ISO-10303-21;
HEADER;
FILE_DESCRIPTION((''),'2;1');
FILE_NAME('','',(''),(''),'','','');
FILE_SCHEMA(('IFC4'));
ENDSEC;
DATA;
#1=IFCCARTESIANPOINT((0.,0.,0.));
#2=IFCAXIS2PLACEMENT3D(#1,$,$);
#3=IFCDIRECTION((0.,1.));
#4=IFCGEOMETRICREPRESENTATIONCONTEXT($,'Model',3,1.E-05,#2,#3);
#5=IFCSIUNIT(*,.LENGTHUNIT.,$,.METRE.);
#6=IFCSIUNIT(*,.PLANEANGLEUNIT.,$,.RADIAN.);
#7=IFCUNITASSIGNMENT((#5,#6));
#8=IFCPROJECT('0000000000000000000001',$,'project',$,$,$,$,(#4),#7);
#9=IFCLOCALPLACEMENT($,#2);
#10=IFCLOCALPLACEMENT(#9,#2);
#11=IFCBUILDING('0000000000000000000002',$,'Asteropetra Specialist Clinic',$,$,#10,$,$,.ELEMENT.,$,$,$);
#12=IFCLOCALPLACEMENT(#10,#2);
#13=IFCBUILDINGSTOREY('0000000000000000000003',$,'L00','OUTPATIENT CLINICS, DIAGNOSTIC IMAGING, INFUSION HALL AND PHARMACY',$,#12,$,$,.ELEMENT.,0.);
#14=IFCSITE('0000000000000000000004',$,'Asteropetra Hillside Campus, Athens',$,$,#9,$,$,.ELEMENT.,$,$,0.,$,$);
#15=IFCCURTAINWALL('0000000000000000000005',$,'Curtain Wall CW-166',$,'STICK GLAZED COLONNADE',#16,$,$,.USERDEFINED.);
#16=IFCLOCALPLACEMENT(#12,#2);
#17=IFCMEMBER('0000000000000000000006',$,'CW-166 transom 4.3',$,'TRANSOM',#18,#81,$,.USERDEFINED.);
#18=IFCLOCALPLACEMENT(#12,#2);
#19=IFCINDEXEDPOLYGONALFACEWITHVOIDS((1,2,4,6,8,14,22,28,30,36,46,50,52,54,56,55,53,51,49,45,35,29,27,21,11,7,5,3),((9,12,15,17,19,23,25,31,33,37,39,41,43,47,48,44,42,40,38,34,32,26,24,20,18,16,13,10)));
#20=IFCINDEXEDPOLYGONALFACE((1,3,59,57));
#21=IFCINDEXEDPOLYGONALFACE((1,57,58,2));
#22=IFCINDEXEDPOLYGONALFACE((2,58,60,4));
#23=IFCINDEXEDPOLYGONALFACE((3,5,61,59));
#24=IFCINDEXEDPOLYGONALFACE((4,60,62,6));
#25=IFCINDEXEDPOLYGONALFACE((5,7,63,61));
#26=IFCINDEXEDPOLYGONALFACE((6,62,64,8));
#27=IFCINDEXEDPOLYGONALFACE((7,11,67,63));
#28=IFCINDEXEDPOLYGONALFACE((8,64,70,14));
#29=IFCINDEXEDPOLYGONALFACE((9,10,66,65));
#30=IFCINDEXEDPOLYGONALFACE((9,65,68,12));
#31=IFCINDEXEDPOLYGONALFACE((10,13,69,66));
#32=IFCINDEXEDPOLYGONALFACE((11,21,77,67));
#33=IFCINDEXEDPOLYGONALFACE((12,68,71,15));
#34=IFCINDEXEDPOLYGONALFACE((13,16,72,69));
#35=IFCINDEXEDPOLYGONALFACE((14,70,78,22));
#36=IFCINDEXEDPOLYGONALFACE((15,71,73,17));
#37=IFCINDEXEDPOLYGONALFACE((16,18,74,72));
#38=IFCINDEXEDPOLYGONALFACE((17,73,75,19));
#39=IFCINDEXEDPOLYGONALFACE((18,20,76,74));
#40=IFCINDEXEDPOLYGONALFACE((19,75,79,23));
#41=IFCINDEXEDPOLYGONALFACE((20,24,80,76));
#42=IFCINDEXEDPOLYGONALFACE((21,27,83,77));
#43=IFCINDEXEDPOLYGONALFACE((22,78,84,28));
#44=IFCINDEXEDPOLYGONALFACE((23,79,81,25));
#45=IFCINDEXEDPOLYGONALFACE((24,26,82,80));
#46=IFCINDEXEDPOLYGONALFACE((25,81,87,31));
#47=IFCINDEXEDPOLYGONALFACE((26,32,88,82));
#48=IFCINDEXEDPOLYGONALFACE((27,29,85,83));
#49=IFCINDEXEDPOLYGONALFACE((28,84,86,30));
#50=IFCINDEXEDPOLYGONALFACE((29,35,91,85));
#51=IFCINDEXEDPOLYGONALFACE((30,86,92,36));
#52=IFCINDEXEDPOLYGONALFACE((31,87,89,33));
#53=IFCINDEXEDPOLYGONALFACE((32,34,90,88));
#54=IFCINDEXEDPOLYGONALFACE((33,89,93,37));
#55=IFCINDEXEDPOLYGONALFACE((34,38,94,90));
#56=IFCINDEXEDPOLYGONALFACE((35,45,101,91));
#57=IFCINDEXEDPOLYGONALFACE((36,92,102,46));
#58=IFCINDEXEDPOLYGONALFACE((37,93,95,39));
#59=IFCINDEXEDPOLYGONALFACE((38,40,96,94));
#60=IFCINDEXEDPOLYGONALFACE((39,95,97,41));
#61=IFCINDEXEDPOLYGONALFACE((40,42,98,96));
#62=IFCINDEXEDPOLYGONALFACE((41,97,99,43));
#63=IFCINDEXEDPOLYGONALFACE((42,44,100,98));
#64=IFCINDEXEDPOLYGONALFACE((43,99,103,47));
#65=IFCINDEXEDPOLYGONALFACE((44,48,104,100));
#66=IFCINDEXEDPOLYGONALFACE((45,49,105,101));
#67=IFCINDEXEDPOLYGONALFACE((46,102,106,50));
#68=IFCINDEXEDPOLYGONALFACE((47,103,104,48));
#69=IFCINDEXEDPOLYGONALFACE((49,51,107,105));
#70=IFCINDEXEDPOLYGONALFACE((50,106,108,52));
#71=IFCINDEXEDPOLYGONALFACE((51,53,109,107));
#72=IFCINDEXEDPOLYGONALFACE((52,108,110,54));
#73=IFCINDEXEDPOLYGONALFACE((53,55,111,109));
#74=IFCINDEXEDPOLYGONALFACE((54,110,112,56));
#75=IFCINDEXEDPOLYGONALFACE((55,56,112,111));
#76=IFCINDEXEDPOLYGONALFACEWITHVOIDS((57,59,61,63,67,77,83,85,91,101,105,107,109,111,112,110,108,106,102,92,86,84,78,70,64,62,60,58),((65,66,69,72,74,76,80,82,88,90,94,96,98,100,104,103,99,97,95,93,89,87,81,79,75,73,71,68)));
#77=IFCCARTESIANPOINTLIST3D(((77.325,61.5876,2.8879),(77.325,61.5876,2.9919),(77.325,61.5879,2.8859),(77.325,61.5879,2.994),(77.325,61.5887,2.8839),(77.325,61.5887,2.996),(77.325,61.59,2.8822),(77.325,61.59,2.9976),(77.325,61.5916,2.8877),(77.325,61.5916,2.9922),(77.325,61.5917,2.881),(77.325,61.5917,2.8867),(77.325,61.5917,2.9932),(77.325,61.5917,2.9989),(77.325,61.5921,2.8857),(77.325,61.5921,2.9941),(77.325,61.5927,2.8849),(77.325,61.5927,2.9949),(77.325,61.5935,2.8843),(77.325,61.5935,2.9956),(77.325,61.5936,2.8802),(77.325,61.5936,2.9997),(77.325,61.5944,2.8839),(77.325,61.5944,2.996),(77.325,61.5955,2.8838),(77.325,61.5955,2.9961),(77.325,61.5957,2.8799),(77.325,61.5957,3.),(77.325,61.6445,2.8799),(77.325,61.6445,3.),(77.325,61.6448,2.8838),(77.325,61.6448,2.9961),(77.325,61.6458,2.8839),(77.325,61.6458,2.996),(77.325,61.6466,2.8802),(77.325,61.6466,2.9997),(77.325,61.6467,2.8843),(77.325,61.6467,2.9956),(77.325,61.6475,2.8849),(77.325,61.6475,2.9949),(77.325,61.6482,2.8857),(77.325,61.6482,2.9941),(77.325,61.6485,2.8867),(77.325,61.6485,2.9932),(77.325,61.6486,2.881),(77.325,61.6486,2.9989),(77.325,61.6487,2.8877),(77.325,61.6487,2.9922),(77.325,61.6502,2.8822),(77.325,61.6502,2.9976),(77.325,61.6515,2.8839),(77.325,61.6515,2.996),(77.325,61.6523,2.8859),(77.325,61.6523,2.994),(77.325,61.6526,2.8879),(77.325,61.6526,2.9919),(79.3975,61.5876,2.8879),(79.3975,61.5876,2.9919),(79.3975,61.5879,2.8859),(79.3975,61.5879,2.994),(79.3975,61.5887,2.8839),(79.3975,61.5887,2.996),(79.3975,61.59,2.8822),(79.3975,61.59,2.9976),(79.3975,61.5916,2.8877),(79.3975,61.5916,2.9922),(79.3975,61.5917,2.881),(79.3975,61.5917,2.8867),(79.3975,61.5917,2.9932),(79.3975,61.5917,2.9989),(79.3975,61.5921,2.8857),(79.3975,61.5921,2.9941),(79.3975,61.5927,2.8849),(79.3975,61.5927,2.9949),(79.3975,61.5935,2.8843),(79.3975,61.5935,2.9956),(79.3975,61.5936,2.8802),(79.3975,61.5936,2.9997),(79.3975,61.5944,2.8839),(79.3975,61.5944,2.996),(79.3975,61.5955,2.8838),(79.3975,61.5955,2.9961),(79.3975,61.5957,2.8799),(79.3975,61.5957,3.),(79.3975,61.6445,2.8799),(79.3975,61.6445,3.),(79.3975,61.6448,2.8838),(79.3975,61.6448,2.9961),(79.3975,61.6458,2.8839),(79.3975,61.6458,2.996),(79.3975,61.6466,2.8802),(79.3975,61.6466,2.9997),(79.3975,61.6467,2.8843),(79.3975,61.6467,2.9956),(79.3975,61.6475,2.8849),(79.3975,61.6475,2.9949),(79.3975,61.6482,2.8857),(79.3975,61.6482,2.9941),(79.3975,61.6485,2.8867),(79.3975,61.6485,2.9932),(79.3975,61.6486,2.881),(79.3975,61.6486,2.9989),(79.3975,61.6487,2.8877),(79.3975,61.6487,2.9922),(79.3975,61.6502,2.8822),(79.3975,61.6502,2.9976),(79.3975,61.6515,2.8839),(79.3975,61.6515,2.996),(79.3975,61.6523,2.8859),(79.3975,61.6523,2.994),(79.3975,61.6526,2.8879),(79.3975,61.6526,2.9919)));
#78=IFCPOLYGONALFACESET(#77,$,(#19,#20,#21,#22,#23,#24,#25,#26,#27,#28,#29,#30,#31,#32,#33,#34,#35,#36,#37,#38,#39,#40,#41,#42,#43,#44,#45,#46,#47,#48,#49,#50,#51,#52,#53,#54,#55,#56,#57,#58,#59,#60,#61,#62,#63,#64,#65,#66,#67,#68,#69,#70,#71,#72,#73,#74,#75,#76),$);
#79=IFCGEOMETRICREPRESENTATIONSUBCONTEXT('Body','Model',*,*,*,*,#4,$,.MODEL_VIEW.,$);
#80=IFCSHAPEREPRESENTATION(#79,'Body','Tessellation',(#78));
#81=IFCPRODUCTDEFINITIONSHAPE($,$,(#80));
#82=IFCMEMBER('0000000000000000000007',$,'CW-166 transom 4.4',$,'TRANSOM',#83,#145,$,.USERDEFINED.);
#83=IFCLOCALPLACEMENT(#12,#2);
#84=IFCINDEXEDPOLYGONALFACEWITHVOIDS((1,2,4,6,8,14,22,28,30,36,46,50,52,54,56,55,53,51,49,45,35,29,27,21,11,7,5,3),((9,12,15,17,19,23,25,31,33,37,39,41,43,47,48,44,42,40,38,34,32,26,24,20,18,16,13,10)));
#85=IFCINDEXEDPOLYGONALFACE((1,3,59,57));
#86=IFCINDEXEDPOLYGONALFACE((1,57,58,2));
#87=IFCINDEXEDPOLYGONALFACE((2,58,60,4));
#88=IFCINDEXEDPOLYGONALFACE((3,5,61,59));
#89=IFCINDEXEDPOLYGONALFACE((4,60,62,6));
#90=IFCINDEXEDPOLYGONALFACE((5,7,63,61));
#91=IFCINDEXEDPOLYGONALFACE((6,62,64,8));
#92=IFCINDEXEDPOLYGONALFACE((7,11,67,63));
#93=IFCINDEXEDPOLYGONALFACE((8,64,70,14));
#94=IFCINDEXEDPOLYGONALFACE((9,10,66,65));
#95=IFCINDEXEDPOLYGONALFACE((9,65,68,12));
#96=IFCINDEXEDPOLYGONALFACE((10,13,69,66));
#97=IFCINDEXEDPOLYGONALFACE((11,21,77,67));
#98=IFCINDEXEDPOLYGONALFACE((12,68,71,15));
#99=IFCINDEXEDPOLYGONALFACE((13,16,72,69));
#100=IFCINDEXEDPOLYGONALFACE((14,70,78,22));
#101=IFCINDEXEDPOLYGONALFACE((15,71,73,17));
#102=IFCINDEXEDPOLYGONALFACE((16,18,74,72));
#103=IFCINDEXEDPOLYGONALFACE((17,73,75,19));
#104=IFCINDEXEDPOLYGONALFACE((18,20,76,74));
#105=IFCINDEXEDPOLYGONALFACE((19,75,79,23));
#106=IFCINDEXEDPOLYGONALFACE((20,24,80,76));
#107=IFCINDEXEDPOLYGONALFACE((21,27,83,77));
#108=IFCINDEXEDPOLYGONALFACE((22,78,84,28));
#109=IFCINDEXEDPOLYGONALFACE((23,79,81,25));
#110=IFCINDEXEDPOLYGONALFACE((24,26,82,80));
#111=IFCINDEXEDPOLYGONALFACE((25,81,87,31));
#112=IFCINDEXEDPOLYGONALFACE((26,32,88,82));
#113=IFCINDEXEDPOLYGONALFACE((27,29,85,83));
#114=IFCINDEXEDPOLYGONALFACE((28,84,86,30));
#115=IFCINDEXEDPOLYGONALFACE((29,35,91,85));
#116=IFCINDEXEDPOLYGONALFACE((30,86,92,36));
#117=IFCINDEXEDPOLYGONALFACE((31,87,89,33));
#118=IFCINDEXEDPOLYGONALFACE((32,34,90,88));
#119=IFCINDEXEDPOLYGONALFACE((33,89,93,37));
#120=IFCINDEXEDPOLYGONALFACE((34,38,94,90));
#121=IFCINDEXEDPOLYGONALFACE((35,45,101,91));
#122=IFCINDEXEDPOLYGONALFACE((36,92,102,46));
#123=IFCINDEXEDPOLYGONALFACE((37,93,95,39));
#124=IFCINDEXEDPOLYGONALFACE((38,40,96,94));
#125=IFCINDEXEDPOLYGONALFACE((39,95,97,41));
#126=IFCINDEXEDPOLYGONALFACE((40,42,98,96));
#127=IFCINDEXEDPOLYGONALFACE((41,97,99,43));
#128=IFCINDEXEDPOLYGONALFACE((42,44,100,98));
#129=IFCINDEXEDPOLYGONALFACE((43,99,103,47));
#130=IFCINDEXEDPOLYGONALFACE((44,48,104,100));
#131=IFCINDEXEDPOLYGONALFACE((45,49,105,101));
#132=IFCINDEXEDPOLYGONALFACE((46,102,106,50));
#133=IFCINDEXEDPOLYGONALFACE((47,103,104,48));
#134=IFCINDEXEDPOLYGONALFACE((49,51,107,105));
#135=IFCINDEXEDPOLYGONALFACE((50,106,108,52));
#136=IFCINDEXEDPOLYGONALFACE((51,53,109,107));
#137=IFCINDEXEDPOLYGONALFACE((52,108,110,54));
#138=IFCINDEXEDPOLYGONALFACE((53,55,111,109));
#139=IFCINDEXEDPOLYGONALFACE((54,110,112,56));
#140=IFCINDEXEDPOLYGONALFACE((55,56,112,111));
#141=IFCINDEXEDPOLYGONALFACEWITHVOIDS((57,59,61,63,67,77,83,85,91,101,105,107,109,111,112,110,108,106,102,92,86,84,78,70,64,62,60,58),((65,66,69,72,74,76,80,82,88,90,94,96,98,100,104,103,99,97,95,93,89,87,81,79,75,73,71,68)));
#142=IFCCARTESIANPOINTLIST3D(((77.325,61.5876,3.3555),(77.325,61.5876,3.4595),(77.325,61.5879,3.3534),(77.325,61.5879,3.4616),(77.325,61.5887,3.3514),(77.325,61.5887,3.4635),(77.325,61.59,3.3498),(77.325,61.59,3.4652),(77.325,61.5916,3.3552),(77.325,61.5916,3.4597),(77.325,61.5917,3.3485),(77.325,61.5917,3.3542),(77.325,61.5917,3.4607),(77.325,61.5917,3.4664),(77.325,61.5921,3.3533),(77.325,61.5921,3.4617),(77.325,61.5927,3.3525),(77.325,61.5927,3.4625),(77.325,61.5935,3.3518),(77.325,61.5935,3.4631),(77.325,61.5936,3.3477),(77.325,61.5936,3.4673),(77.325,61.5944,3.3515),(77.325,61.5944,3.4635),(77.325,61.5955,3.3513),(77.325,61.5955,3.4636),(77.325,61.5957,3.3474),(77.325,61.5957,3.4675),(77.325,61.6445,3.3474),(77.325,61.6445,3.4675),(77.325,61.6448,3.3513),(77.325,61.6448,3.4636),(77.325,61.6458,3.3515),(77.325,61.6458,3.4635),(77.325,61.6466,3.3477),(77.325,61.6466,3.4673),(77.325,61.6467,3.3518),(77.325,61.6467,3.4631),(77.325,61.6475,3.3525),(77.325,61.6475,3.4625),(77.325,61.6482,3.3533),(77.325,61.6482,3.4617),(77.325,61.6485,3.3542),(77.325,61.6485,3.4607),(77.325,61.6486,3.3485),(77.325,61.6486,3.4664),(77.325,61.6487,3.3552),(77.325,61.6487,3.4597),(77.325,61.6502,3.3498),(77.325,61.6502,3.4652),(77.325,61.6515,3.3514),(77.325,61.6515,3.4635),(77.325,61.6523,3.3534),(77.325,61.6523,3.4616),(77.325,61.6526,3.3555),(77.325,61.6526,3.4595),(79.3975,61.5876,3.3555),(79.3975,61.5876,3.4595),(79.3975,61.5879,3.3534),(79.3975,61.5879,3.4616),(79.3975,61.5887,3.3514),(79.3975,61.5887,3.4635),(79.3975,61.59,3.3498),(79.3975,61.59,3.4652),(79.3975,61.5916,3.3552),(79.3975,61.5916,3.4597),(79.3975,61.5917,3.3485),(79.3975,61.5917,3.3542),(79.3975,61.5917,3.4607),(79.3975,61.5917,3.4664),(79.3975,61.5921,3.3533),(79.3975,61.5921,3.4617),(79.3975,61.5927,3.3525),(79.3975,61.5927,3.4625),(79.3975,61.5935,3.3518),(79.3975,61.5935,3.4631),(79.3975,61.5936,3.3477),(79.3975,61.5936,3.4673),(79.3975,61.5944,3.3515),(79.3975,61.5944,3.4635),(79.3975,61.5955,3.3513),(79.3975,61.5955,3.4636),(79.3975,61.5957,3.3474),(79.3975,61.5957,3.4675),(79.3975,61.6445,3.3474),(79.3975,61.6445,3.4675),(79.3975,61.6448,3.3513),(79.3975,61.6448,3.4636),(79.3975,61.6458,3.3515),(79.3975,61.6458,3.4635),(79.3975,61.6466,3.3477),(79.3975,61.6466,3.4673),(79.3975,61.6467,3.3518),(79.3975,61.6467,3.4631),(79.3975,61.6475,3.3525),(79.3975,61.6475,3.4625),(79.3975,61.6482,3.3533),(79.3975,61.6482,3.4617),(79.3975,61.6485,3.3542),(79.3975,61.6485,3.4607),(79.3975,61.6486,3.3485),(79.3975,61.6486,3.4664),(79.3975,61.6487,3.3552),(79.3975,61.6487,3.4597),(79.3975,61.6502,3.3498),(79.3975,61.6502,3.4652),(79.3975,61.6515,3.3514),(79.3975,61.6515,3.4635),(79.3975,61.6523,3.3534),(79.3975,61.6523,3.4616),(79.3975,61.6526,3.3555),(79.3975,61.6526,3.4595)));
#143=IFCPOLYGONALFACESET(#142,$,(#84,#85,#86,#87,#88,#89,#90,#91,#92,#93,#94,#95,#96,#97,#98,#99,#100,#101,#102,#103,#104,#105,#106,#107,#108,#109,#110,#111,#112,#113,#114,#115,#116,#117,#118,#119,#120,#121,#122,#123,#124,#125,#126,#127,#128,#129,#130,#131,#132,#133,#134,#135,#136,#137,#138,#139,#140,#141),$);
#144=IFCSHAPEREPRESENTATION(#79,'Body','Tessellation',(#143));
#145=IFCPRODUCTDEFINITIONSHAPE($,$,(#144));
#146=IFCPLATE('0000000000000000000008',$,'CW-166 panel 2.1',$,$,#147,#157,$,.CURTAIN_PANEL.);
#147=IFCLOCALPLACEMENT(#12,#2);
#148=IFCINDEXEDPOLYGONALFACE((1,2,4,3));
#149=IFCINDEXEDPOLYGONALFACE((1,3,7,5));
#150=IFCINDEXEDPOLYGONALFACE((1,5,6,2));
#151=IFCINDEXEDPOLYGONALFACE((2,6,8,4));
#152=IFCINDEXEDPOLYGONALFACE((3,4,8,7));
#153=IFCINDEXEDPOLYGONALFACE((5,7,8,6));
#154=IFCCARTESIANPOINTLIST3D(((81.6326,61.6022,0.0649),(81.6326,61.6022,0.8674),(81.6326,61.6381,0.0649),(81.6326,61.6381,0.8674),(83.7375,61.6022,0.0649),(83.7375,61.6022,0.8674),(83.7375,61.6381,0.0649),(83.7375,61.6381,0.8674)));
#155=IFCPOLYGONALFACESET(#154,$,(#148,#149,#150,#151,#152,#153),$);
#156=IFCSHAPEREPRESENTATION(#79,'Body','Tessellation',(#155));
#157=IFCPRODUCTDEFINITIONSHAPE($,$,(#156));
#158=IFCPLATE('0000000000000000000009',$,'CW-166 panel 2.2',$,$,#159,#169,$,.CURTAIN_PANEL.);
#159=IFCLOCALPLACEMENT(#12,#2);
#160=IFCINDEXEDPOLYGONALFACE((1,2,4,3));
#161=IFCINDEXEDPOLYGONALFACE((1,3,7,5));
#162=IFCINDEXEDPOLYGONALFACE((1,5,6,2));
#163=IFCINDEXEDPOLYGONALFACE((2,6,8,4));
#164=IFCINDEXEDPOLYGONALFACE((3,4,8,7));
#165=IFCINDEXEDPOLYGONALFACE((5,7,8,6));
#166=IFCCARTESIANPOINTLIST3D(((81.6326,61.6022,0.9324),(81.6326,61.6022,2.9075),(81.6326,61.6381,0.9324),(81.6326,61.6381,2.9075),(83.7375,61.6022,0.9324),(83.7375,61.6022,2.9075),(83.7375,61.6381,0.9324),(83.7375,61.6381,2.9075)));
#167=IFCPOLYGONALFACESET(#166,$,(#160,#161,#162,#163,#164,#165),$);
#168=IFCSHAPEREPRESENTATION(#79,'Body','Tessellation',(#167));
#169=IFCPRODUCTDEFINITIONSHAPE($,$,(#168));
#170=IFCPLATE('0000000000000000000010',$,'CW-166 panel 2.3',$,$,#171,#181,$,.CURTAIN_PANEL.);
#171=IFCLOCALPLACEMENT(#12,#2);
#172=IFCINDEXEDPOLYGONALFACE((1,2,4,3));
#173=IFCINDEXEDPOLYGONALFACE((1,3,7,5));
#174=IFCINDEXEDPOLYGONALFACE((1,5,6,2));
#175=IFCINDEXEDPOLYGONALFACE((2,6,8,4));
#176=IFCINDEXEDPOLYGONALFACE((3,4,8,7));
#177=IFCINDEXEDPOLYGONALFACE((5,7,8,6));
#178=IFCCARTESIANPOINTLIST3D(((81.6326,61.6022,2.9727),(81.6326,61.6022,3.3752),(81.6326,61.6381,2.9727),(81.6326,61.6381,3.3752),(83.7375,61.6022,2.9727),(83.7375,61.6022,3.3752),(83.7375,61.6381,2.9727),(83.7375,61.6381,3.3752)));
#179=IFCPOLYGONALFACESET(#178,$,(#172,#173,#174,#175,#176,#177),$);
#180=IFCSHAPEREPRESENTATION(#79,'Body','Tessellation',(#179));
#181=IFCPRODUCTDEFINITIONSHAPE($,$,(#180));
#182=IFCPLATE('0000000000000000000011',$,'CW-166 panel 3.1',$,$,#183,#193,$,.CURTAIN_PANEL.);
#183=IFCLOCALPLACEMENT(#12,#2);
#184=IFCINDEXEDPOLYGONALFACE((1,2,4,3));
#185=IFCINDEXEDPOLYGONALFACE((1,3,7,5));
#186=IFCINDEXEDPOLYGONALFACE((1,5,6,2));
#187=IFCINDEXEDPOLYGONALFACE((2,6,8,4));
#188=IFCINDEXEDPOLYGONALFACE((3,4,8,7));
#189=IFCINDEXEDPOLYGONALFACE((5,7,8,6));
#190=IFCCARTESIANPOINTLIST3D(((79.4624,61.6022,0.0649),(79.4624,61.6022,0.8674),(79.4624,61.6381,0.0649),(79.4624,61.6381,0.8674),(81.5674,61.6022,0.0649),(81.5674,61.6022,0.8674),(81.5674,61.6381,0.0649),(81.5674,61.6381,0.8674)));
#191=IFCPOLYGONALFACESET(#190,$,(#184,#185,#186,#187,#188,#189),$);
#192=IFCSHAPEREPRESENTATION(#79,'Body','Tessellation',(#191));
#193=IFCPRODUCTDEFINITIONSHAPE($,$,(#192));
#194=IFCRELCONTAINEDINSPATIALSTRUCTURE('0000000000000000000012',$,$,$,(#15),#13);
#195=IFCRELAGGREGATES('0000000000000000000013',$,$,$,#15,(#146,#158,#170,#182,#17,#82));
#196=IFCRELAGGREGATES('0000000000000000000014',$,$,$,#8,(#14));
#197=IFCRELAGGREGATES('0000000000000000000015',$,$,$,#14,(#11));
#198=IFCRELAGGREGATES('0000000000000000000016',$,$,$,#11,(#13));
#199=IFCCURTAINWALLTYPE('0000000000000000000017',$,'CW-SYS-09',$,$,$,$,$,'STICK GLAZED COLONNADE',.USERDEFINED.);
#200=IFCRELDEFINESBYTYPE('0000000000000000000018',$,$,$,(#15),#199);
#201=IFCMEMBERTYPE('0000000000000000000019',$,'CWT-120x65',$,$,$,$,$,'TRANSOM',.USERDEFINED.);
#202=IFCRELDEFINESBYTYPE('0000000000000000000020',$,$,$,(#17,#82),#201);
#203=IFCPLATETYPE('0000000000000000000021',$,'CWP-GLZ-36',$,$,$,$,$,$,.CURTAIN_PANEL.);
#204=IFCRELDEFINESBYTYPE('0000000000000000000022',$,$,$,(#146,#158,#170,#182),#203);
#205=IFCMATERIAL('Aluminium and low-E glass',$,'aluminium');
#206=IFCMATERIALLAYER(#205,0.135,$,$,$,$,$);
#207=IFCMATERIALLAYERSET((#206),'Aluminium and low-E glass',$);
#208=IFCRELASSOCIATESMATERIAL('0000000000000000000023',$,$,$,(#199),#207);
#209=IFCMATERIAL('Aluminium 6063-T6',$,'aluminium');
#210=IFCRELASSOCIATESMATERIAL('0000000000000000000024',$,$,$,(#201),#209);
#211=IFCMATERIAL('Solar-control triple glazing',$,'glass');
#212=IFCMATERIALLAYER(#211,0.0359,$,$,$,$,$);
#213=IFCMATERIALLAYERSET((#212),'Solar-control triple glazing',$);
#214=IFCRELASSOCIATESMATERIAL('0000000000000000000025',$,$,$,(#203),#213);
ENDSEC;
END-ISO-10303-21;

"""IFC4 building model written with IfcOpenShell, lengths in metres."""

from ifc_helpers import new_model, si_unit, direction, frame, origin, origin_2d, place, context, subcontext, project, spatial, rectangle, hollow_rectangle, extrude, material, layer, layer_set, material_profile, profile_set, type_object, element, aggregate, save


model = new_model("IFC4")

# Units and contexts
model_context = context("Model", 3, precision=1e-05, world=origin(), true_north=direction((0.0, 1.0)))
body_context = subcontext(model_context, "Body", "Model", "MODEL_VIEW")
ifc_project = project(units=[si_unit("LENGTHUNIT", "METRE"), si_unit("PLANEANGLEUNIT", "RADIAN")], contexts=[model_context])

# Site, building, storey
site_placement = place(None, origin())
site = spatial("IfcSite", under=ifc_project, at=site_placement, Name="Asteropetra Hillside Campus, Athens", CompositionType="ELEMENT", RefElevation=0.0)
building_placement = place(site_placement, origin())
building = spatial("IfcBuilding", under=site, at=building_placement, Name="Asteropetra Specialist Clinic", CompositionType="ELEMENT")
storey_placement = place(building_placement, origin())
storey = spatial("IfcBuildingStorey", under=building, at=storey_placement, Name="L00", Description="OUTPATIENT CLINICS, DIAGNOSTIC IMAGING, INFUSION HALL AND PHARMACY", CompositionType="ELEMENT", Elevation=0.0)

# Curtain wall, members, plates
ifc_material_1 = material(Name="Aluminium and low-E glass", Category="aluminium")
ifc_layer_1 = layer(ifc_material_1, 0.135)
ifc_layer_set_1 = layer_set([ifc_layer_1], Name="Aluminium and low-E glass")
curtain_wall_type = type_object("IfcCurtainWallType", Name="CW-SYS-09", ElementType="STICK GLAZED COLONNADE", PredefinedType="USERDEFINED", material=ifc_layer_set_1)
curtain_wall_placement = place(storey_placement, origin())
curtain_wall = element("IfcCurtainWall", 1, at=curtain_wall_placement, inside=storey, type_object=curtain_wall_type, Name="Curtain Wall CW-166", ObjectType="STICK GLAZED COLONNADE", PredefinedType="USERDEFINED")
ifc_material_2 = material(Name="Aluminium 6063-T6", Category="aluminium")
ifc_material_profile_1 = material_profile(ifc_material_2, hollow_rectangle(XDim=0.0649, YDim=0.1201, WallThickness=0.0039, InnerFilletRadius=0.0039, OuterFilletRadius=0.0081, at=origin_2d()), Name="TRN 120x65x4.0")
ifc_profile_set_1 = profile_set([ifc_material_profile_1], Name="Aluminium 6063-T6")
member_type_1 = type_object("IfcMemberType", Name="CWT-120x65", ElementType="TRANSOM", PredefinedType="USERDEFINED", material=ifc_profile_set_1)
member_1_placement = place(storey_placement, frame((79.3975, 61.6201, 2.9399), z_axis=(-1.0, 0.0, 0.0), x_axis=(0.0, -1.0, 0.0)))
member_1 = element("IfcMember", 2, at=member_1_placement, type_object=member_type_1, Name="CW-166 transom 4.3", ObjectType="TRANSOM", PredefinedType="USERDEFINED", context=body_context, shape_type="SweptSolid", body=[
    extrude(hollow_rectangle(XDim=0.0649, YDim=0.1201, WallThickness=0.0039, InnerFilletRadius=0.0039, OuterFilletRadius=0.0081, at=origin_2d()), origin(), (0.0, 0.0, 1.0), 2.0725),
])
member_2_placement = place(storey_placement, frame((79.3975, 61.6201, 3.4075), z_axis=(-1.0, 0.0, 0.0), x_axis=(0.0, -1.0, 0.0)))
member_2 = element("IfcMember", 3, at=member_2_placement, type_object=member_type_1, Name="CW-166 transom 4.4", ObjectType="TRANSOM", PredefinedType="USERDEFINED", context=body_context, shape_type="SweptSolid", body=[
    extrude(hollow_rectangle(XDim=0.0649, YDim=0.1201, WallThickness=0.0039, InnerFilletRadius=0.0039, OuterFilletRadius=0.0081, at=origin_2d()), origin(), (0.0, 0.0, 1.0), 2.0725),
])
ifc_material_3 = material(Name="Solar-control triple glazing", Category="glass")
ifc_layer_2 = layer(ifc_material_3, 0.0359)
ifc_layer_set_2 = layer_set([ifc_layer_2], Name="Solar-control triple glazing")
plate_type = type_object("IfcPlateType", Name="CWP-GLZ-36", PredefinedType="CURTAIN_PANEL", material=ifc_layer_set_2)
plate_1_placement = place(storey_placement, frame((82.6851, 61.6201, 0.0649), z_axis=(0.0, 0.0, 1.0), x_axis=(-1.0, 0.0, 0.0)))
plate_1 = element("IfcPlate", 4, at=plate_1_placement, type_object=plate_type, Name="CW-166 panel 2.1", PredefinedType="CURTAIN_PANEL", context=body_context, shape_type="SweptSolid", body=[
    extrude(rectangle(XDim=2.105, YDim=0.0359, at=origin_2d()), origin(), (0.0, 0.0, 1.0), 0.8025),
])
plate_2_placement = place(storey_placement, frame((82.6851, 61.6201, 0.9324), z_axis=(0.0, 0.0, 1.0), x_axis=(-1.0, 0.0, 0.0)))
plate_2 = element("IfcPlate", 5, at=plate_2_placement, type_object=plate_type, Name="CW-166 panel 2.2", PredefinedType="CURTAIN_PANEL", context=body_context, shape_type="SweptSolid", body=[
    extrude(rectangle(XDim=2.105, YDim=0.0359, at=origin_2d()), origin(), (0.0, 0.0, 1.0), 1.9751),
])
plate_3_placement = place(storey_placement, frame((82.6851, 61.6201, 2.9727), z_axis=(0.0, 0.0, 1.0), x_axis=(-1.0, 0.0, 0.0)))
plate_3 = element("IfcPlate", 6, at=plate_3_placement, type_object=plate_type, Name="CW-166 panel 2.3", PredefinedType="CURTAIN_PANEL", context=body_context, shape_type="SweptSolid", body=[
    extrude(rectangle(XDim=2.105, YDim=0.0359, at=origin_2d()), origin(), (0.0, 0.0, 1.0), 0.4026),
])
plate_4_placement = place(storey_placement, frame((80.5149, 61.6201, 0.0649), z_axis=(0.0, 0.0, 1.0), x_axis=(-1.0, 0.0, 0.0)))
plate_4 = element("IfcPlate", 7, at=plate_4_placement, type_object=plate_type, Name="CW-166 panel 3.1", PredefinedType="CURTAIN_PANEL", context=body_context, shape_type="SweptSolid", body=[
    extrude(rectangle(XDim=2.105, YDim=0.0359, at=origin_2d()), origin(), (0.0, 0.0, 1.0), 0.8025),
])
aggregate(curtain_wall, [plate_1, plate_2, plate_3, plate_4, member_1, member_2])

save(model, "model.ifc")
